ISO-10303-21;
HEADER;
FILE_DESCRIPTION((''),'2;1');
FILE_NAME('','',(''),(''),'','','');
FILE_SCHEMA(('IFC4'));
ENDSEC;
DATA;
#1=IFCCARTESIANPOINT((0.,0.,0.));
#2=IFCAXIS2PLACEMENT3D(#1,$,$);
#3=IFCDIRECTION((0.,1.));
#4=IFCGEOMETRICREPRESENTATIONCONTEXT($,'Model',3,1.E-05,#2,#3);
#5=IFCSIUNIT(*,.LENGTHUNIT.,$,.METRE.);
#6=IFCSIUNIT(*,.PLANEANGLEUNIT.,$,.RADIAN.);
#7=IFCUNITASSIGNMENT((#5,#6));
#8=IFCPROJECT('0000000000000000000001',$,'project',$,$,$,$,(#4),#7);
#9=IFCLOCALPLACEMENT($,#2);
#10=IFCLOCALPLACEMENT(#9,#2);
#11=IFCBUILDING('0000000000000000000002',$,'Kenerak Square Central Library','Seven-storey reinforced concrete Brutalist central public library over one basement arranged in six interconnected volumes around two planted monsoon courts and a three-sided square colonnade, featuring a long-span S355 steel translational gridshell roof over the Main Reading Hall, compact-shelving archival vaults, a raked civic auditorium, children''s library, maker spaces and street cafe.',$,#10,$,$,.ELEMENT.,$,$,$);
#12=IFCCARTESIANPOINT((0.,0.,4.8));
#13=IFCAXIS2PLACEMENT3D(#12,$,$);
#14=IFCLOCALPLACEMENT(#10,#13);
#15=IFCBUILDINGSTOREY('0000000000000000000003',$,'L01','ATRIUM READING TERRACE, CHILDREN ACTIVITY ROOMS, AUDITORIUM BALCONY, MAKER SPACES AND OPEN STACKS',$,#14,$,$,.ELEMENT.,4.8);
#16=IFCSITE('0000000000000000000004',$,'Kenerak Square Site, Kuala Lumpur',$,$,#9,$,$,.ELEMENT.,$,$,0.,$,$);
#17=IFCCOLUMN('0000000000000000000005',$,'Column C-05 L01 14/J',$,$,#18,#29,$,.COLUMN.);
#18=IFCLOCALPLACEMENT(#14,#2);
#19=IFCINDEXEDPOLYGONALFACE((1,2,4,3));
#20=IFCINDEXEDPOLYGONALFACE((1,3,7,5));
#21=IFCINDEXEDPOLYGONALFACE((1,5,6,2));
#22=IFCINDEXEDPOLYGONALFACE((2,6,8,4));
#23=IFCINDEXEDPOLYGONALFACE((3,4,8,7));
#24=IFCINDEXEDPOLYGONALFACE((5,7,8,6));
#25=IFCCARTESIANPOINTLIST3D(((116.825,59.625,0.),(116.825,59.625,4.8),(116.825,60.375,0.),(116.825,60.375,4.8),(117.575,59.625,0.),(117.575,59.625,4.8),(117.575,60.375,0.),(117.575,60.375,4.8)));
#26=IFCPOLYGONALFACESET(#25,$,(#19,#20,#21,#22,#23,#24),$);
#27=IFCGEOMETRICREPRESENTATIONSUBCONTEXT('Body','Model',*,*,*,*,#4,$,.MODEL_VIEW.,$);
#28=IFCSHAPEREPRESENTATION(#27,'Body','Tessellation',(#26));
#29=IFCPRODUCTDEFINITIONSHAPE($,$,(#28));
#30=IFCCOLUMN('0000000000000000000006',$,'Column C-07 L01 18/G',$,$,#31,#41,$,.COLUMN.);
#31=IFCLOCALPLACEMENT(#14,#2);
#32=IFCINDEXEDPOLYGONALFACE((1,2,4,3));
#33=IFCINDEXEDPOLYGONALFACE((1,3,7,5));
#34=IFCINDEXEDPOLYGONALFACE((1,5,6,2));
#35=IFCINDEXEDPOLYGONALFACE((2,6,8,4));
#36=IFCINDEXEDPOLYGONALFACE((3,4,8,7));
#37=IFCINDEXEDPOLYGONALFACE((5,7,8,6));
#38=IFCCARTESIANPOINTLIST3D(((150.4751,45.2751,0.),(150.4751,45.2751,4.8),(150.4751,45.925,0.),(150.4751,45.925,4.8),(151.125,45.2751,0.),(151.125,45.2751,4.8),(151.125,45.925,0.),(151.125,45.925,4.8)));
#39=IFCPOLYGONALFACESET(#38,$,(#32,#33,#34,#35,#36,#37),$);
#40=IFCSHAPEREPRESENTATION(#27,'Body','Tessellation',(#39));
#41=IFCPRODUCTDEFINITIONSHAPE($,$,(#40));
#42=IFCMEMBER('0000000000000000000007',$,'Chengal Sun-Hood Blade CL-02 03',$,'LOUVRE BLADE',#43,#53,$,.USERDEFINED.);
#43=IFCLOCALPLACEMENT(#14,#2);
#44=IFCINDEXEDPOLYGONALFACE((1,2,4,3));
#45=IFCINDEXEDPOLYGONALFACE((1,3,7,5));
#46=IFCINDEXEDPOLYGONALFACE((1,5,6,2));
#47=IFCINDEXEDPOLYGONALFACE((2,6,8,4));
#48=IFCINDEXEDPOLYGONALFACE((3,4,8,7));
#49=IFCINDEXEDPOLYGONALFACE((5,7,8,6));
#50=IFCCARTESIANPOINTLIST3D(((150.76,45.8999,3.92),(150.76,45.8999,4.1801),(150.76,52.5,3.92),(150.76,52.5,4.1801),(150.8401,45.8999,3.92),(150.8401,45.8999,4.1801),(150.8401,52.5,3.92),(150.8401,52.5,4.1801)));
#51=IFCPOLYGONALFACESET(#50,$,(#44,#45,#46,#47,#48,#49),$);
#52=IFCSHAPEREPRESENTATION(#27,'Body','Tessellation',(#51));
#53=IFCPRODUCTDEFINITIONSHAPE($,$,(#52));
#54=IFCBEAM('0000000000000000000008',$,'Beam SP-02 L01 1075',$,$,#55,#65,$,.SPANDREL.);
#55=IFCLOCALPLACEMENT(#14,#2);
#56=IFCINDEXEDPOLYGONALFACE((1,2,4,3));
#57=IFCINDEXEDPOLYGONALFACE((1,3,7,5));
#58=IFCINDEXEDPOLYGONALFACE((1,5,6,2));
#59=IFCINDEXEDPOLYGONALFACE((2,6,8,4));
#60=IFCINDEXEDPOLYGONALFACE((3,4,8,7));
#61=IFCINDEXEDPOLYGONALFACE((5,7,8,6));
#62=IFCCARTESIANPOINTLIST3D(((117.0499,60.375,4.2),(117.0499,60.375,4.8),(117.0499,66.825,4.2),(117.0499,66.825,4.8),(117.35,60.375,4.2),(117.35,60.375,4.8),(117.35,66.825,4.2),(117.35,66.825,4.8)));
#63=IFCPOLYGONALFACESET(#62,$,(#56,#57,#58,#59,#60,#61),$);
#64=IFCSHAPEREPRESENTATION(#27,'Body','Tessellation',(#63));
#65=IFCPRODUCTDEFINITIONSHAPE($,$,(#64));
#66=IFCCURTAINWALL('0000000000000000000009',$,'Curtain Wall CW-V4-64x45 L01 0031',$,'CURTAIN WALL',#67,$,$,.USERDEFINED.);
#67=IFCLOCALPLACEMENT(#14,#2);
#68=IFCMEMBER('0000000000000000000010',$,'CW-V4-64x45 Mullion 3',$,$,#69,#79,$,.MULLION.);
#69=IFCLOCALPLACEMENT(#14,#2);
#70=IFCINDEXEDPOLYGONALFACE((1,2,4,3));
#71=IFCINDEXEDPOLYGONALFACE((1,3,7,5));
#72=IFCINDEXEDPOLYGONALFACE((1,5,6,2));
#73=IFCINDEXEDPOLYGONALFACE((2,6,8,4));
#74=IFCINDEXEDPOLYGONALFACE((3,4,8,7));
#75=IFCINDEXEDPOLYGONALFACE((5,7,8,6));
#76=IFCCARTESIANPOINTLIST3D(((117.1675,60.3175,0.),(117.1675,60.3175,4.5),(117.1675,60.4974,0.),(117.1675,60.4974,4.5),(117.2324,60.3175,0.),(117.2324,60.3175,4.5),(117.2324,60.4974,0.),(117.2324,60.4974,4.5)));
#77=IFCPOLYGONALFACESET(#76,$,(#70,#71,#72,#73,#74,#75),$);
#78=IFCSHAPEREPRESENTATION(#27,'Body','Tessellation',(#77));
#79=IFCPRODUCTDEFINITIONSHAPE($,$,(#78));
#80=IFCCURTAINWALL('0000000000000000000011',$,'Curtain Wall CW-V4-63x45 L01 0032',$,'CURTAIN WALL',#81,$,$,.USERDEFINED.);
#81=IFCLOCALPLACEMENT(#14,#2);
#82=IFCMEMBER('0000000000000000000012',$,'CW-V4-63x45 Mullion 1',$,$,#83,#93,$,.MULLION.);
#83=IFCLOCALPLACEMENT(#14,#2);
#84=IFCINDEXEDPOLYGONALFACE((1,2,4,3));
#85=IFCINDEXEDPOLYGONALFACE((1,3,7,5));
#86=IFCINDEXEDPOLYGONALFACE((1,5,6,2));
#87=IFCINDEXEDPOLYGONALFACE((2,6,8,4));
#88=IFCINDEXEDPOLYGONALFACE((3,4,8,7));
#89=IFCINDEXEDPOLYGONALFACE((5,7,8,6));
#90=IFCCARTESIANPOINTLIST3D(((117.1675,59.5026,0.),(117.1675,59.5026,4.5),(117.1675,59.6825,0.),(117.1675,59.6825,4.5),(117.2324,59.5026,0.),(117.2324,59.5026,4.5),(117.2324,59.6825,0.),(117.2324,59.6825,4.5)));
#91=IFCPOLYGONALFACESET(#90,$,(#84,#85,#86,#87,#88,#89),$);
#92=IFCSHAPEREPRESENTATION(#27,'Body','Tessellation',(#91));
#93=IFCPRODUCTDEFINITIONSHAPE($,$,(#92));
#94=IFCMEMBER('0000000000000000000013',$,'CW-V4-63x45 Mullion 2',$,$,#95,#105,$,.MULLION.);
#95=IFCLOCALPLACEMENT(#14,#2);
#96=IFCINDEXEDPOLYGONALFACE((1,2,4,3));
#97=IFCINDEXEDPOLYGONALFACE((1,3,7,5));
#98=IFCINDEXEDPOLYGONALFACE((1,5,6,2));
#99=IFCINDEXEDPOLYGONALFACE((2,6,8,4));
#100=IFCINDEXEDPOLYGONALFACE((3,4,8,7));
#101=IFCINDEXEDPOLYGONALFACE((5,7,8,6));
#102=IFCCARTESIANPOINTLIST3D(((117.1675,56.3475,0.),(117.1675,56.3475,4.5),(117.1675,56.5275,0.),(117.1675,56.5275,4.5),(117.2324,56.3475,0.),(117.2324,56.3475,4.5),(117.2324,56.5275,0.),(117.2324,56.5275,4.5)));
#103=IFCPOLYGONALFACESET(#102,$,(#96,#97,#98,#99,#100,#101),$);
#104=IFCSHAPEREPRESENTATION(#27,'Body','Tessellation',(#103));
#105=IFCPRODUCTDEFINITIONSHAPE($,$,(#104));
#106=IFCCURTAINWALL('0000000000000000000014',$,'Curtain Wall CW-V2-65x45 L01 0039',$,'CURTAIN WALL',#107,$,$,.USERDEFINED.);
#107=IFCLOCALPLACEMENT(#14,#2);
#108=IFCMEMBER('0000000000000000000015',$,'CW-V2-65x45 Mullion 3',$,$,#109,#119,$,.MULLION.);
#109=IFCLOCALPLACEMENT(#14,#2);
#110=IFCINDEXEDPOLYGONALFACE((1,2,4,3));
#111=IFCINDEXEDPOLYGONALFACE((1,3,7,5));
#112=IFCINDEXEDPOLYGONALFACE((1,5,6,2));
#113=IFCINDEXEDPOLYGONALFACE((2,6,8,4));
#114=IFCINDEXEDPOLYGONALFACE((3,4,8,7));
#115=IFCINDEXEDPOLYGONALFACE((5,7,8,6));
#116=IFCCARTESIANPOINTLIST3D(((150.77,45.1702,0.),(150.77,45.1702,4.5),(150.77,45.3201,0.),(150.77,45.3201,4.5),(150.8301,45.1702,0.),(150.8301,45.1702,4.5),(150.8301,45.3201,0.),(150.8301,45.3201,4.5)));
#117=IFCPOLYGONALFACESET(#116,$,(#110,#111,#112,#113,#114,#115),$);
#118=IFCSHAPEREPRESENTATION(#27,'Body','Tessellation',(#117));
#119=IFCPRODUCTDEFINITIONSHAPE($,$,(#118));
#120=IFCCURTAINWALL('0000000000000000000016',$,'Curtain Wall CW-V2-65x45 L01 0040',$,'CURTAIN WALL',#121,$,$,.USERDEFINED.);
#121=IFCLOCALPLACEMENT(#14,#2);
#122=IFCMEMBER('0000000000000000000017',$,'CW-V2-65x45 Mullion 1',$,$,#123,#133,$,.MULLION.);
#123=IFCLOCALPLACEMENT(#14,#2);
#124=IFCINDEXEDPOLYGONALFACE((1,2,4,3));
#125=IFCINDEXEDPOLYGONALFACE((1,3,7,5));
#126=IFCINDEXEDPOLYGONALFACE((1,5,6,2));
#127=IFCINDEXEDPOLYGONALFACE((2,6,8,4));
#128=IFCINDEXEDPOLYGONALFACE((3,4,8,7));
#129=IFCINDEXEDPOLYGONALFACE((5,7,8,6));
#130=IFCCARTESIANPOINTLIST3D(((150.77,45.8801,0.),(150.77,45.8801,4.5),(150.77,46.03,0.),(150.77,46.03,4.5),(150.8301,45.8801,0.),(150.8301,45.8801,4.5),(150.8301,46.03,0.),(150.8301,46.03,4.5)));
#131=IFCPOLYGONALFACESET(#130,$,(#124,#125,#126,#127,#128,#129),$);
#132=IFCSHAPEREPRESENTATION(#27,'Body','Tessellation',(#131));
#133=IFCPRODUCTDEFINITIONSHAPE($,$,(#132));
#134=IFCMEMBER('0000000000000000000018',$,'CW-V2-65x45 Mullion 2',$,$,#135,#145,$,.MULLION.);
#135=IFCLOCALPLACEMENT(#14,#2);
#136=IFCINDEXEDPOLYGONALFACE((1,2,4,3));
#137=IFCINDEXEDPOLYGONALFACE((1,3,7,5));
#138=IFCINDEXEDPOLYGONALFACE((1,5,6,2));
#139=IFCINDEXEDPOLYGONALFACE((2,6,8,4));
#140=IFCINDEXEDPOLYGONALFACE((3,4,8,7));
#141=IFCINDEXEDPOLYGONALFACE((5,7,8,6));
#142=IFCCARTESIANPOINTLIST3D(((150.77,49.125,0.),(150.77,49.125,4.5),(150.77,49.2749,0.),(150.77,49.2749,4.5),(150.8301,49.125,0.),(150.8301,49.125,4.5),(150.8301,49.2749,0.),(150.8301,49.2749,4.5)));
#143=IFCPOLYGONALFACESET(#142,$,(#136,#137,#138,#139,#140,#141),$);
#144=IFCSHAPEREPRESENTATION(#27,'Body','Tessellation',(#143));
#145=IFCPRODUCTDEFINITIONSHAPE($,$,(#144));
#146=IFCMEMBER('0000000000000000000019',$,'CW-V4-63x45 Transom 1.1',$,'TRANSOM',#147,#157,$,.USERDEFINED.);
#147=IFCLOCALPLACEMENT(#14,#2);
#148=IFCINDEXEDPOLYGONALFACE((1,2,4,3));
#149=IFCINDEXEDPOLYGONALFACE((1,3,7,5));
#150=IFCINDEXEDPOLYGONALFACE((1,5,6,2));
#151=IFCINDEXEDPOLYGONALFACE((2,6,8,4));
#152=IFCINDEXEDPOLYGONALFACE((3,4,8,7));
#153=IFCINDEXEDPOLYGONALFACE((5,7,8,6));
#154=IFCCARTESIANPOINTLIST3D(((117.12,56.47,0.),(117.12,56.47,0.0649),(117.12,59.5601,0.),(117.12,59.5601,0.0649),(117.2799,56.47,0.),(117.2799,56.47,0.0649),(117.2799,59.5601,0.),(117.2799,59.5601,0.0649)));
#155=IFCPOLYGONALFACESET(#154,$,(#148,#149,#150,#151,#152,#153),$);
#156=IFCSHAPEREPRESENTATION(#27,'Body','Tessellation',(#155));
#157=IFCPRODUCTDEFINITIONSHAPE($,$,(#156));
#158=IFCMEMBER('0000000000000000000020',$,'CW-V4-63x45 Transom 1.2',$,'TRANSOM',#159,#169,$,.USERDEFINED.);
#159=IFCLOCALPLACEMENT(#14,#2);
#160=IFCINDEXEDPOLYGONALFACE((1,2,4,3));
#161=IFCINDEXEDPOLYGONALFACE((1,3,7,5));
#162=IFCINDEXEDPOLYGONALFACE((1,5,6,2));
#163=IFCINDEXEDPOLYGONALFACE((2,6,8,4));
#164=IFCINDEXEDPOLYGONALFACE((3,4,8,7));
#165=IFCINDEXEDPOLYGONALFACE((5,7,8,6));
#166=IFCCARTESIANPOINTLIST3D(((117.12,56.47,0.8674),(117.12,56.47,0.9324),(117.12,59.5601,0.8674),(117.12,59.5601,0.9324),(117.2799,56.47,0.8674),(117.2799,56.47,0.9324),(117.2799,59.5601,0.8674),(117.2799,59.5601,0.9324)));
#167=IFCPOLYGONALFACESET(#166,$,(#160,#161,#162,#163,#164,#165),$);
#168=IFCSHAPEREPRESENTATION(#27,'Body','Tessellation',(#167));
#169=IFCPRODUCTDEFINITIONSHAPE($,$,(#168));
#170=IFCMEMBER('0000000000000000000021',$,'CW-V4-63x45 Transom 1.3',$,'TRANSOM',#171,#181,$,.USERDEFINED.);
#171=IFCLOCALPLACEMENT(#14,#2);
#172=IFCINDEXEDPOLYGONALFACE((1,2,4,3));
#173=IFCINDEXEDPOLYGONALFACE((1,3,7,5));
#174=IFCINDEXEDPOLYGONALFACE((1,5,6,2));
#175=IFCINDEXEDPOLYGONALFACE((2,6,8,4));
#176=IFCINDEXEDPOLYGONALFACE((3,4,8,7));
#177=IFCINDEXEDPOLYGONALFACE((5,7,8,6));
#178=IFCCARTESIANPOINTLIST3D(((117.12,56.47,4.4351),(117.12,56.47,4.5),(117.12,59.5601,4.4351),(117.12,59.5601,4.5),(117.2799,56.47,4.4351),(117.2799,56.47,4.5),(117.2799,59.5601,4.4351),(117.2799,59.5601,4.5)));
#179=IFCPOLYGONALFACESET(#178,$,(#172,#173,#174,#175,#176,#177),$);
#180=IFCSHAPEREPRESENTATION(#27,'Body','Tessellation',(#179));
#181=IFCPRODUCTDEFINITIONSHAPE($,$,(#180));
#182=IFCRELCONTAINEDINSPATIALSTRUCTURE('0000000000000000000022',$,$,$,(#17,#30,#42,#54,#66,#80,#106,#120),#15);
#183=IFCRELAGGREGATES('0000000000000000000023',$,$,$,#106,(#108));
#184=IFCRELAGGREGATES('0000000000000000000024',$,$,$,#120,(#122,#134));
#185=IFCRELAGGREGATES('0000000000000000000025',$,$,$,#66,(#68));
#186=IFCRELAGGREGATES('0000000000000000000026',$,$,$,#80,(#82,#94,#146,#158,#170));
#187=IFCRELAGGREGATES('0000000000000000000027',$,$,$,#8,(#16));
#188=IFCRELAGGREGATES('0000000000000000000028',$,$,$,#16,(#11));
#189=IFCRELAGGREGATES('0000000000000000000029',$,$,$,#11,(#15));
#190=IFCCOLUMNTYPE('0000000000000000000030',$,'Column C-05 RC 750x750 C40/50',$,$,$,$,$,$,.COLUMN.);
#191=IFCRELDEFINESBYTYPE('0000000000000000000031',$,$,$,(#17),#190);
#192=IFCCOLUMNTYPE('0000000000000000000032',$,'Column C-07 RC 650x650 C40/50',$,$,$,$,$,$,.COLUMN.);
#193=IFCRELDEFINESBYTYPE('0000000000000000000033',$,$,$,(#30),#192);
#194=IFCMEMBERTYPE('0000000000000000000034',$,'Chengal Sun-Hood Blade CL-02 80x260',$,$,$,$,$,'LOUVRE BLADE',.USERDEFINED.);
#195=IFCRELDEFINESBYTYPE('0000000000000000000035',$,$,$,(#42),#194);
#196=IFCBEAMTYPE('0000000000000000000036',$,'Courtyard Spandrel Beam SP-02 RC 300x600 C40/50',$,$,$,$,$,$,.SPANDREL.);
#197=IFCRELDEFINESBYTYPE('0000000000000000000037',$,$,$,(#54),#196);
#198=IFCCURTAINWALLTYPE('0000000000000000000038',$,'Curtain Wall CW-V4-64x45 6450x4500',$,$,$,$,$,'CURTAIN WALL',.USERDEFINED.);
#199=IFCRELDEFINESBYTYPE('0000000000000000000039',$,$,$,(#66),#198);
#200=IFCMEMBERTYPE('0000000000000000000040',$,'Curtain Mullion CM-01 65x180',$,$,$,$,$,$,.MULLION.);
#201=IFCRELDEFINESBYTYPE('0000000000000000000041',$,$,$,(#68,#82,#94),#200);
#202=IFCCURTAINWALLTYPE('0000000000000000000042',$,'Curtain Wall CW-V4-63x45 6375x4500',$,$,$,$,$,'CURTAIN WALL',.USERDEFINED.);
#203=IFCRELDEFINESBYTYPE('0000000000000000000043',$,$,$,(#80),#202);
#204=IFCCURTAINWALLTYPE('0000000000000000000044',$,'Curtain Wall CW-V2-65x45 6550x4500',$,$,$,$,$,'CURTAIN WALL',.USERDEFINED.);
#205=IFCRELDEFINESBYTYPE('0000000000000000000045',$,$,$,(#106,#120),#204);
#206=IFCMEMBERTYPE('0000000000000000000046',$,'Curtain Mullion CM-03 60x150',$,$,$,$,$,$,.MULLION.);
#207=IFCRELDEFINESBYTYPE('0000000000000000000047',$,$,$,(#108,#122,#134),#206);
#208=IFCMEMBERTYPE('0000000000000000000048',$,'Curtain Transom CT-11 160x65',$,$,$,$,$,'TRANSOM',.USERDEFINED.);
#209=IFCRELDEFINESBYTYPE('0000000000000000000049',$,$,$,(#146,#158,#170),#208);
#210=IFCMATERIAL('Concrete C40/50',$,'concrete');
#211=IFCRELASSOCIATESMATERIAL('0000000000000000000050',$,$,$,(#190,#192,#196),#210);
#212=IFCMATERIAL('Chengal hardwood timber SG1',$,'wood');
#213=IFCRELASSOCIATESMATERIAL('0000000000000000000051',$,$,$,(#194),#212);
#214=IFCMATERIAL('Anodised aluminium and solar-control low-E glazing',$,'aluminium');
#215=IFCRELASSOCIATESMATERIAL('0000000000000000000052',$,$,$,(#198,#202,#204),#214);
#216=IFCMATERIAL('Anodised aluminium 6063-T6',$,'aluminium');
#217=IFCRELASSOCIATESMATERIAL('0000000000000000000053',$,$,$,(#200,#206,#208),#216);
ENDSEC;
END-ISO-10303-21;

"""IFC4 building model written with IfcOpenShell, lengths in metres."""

from ifc_helpers import new_model, si_unit, direction, frame, origin, origin_2d, place, context, subcontext, project, spatial, rectangle, extrude, material, material_profile, profile_set, type_object, element, aggregate, save


model = new_model("IFC4")

# Units and contexts
model_context = context("Model", 3, precision=1e-05, world=origin(), true_north=direction((0.0, 1.0)))
body_context = subcontext(model_context, "Body", "Model", "MODEL_VIEW")
ifc_project = project(units=[si_unit("LENGTHUNIT", "METRE"), si_unit("PLANEANGLEUNIT", "RADIAN")], contexts=[model_context])

# Site, building, storey
site_placement = place(None, origin())
site = spatial("IfcSite", under=ifc_project, at=site_placement, Name="Kenerak Square Site, Kuala Lumpur", CompositionType="ELEMENT", RefElevation=0.0)
building_placement = place(site_placement, origin())
building = spatial("IfcBuilding", under=site, at=building_placement, Name="Kenerak Square Central Library", Description="Seven-storey reinforced concrete Brutalist central public library over one basement arranged in six interconnected volumes around two planted monsoon courts and a three-sided square colonnade, featuring a long-span S355 steel translational gridshell roof over the Main Reading Hall, compact-shelving archival vaults, a raked civic auditorium, children's library, maker spaces and street cafe.", CompositionType="ELEMENT")
storey_placement = place(building_placement, frame((0.0, 0.0, 4.8)))
storey = spatial("IfcBuildingStorey", under=building, at=storey_placement, Name="L01", Description="ATRIUM READING TERRACE, CHILDREN ACTIVITY ROOMS, AUDITORIUM BALCONY, MAKER SPACES AND OPEN STACKS", CompositionType="ELEMENT", Elevation=4.8)

# Columns
ifc_material_1 = material(Name="Concrete C40/50", Category="concrete")
ifc_material_profile_1 = material_profile(ifc_material_1, rectangle(XDim=0.75, YDim=0.75, at=origin_2d()), Name="RC 750x750")
ifc_profile_set_1 = profile_set([ifc_material_profile_1], Name="Concrete C40/50")
column_type_1 = type_object("IfcColumnType", Name="Column C-05 RC 750x750 C40/50", PredefinedType="COLUMN", material=ifc_profile_set_1)
column_1_placement = place(storey_placement, frame((117.2, 60.0, 0.0), z_axis=(0.0, 0.0, 1.0), x_axis=(1.0, 0.0, 0.0)))
element("IfcColumn", 1, at=column_1_placement, inside=storey, type_object=column_type_1, Name="Column C-05 L01 14/J", PredefinedType="COLUMN", context=body_context, shape_type="SweptSolid", body=[
    extrude(rectangle(XDim=0.75, YDim=0.75, at=origin_2d()), origin(), (0.0, 0.0, 1.0), 4.8),
])
ifc_material_profile_2 = material_profile(ifc_material_1, rectangle(XDim=0.6499, YDim=0.6499, at=origin_2d()), Name="RC 650x650")
ifc_profile_set_2 = profile_set([ifc_material_profile_2], Name="Concrete C40/50")
column_type_2 = type_object("IfcColumnType", Name="Column C-07 RC 650x650 C40/50", PredefinedType="COLUMN", material=ifc_profile_set_2)
column_2_placement = place(storey_placement, frame((150.8, 45.6001, 0.0), z_axis=(0.0, 0.0, 1.0), x_axis=(1.0, 0.0, 0.0)))
element("IfcColumn", 2, at=column_2_placement, inside=storey, type_object=column_type_2, Name="Column C-07 L01 18/G", PredefinedType="COLUMN", context=body_context, shape_type="SweptSolid", body=[
    extrude(rectangle(XDim=0.6499, YDim=0.6499, at=origin_2d()), origin(), (0.0, 0.0, 1.0), 4.8),
])

# Member
ifc_material_2 = material(Name="Chengal hardwood timber SG1", Category="wood")
ifc_material_profile_3 = material_profile(ifc_material_2, rectangle(XDim=0.0801, YDim=0.26, at=origin_2d()), Name="CHENGAL 80x260")
ifc_profile_set_3 = profile_set([ifc_material_profile_3], Name="Chengal hardwood timber SG1")
member_type_1 = type_object("IfcMemberType", Name="Chengal Sun-Hood Blade CL-02 80x260", ElementType="LOUVRE BLADE", PredefinedType="USERDEFINED", material=ifc_profile_set_3)
member_1_placement = place(storey_placement, frame((150.8, 45.8999, 4.05), z_axis=(0.0, 1.0, 0.0), x_axis=(-1.0, 0.0, 0.0)))
element("IfcMember", 3, at=member_1_placement, inside=storey, type_object=member_type_1, Name="Chengal Sun-Hood Blade CL-02 03", ObjectType="LOUVRE BLADE", PredefinedType="USERDEFINED", context=body_context, shape_type="SweptSolid", body=[
    extrude(rectangle(XDim=0.0801, YDim=0.26, at=origin_2d()), origin(), (0.0, 0.0, 1.0), 6.6001),
])

# Beam
ifc_material_profile_4 = material_profile(ifc_material_1, rectangle(XDim=0.3, YDim=0.6001, at=origin_2d()), Name="RC 300x600")
ifc_profile_set_4 = profile_set([ifc_material_profile_4], Name="Concrete C40/50")
beam_type = type_object("IfcBeamType", Name="Courtyard Spandrel Beam SP-02 RC 300x600 C40/50", PredefinedType="SPANDREL", material=ifc_profile_set_4)
beam_placement = place(storey_placement, frame((117.2, 60.375, 4.5), z_axis=(0.0, 1.0, 0.0), x_axis=(-1.0, 0.0, 0.0)))
element("IfcBeam", 4, at=beam_placement, inside=storey, type_object=beam_type, Name="Beam SP-02 L01 1075", PredefinedType="SPANDREL", context=body_context, shape_type="SweptSolid", body=[
    extrude(rectangle(XDim=0.3, YDim=0.6001, at=origin_2d()), origin(), (0.0, 0.0, 1.0), 6.45),
])

# Curtain wall, member
ifc_material_3 = material(Name="Anodised aluminium and solar-control low-E glazing", Category="aluminium")
curtain_wall_type_1 = type_object("IfcCurtainWallType", Name="Curtain Wall CW-V4-64x45 6450x4500", ElementType="CURTAIN WALL", PredefinedType="USERDEFINED", material=ifc_material_3)
curtain_wall_1_placement = place(storey_placement, origin())
curtain_wall_1 = element("IfcCurtainWall", 5, at=curtain_wall_1_placement, inside=storey, type_object=curtain_wall_type_1, Name="Curtain Wall CW-V4-64x45 L01 0031", ObjectType="CURTAIN WALL", PredefinedType="USERDEFINED")
ifc_material_4 = material(Name="Anodised aluminium 6063-T6", Category="aluminium")
ifc_material_profile_5 = material_profile(ifc_material_4, rectangle(XDim=0.0649, YDim=0.1799, at=origin_2d()), Name="AL MULLION 65x180")
ifc_profile_set_5 = profile_set([ifc_material_profile_5], Name="Anodised aluminium 6063-T6")
member_type_2 = type_object("IfcMemberType", Name="Curtain Mullion CM-01 65x180", PredefinedType="MULLION", material=ifc_profile_set_5)
member_2_placement = place(storey_placement, frame((117.2, 60.4075, 0.0), z_axis=(0.0, 0.0, 1.0), x_axis=(1.0, 0.0, 0.0)))
member_2 = element("IfcMember", 6, at=member_2_placement, type_object=member_type_2, Name="CW-V4-64x45 Mullion 3", PredefinedType="MULLION", context=body_context, shape_type="SweptSolid", body=[
    extrude(rectangle(XDim=0.0649, YDim=0.1799, at=origin_2d()), origin(), (0.0, 0.0, 1.0), 4.5),
])

# Curtain wall, members
curtain_wall_type_2 = type_object("IfcCurtainWallType", Name="Curtain Wall CW-V4-63x45 6375x4500", ElementType="CURTAIN WALL", PredefinedType="USERDEFINED", material=ifc_material_3)
curtain_wall_2_placement = place(storey_placement, origin())
curtain_wall_2 = element("IfcCurtainWall", 7, at=curtain_wall_2_placement, inside=storey, type_object=curtain_wall_type_2, Name="Curtain Wall CW-V4-63x45 L01 0032", ObjectType="CURTAIN WALL", PredefinedType="USERDEFINED")
member_3_placement = place(storey_placement, frame((117.2, 59.5925, 0.0), z_axis=(0.0, 0.0, 1.0), x_axis=(1.0, 0.0, 0.0)))
member_3 = element("IfcMember", 8, at=member_3_placement, type_object=member_type_2, Name="CW-V4-63x45 Mullion 1", PredefinedType="MULLION", context=body_context, shape_type="SweptSolid", body=[
    extrude(rectangle(XDim=0.0649, YDim=0.1799, at=origin_2d()), origin(), (0.0, 0.0, 1.0), 4.5),
])
member_4_placement = place(storey_placement, frame((117.2, 56.4375, 0.0), z_axis=(0.0, 0.0, 1.0), x_axis=(1.0, 0.0, 0.0)))
member_4 = element("IfcMember", 9, at=member_4_placement, type_object=member_type_2, Name="CW-V4-63x45 Mullion 2", PredefinedType="MULLION", context=body_context, shape_type="SweptSolid", body=[
    extrude(rectangle(XDim=0.0649, YDim=0.1799, at=origin_2d()), origin(), (0.0, 0.0, 1.0), 4.5),
])

# Curtain wall, member
curtain_wall_type_3 = type_object("IfcCurtainWallType", Name="Curtain Wall CW-V2-65x45 6550x4500", ElementType="CURTAIN WALL", PredefinedType="USERDEFINED", material=ifc_material_3)
curtain_wall_3_placement = place(storey_placement, origin())
curtain_wall_3 = element("IfcCurtainWall", 10, at=curtain_wall_3_placement, inside=storey, type_object=curtain_wall_type_3, Name="Curtain Wall CW-V2-65x45 L01 0039", ObjectType="CURTAIN WALL", PredefinedType="USERDEFINED")
ifc_material_profile_6 = material_profile(ifc_material_4, rectangle(XDim=0.0601, YDim=0.1499, at=origin_2d()), Name="AL MULLION 60x150")
ifc_profile_set_6 = profile_set([ifc_material_profile_6], Name="Anodised aluminium 6063-T6")
member_type_3 = type_object("IfcMemberType", Name="Curtain Mullion CM-03 60x150", PredefinedType="MULLION", material=ifc_profile_set_6)
member_5_placement = place(storey_placement, frame((150.8, 45.2451, 0.0), z_axis=(0.0, 0.0, 1.0), x_axis=(-1.0, 0.0, 0.0)))
member_5 = element("IfcMember", 11, at=member_5_placement, type_object=member_type_3, Name="CW-V2-65x45 Mullion 3", PredefinedType="MULLION", context=body_context, shape_type="SweptSolid", body=[
    extrude(rectangle(XDim=0.0601, YDim=0.1499, at=origin_2d()), origin(), (0.0, 0.0, 1.0), 4.5),
])

# Curtain wall, members
curtain_wall_4_placement = place(storey_placement, origin())
curtain_wall_4 = element("IfcCurtainWall", 12, at=curtain_wall_4_placement, inside=storey, type_object=curtain_wall_type_3, Name="Curtain Wall CW-V2-65x45 L01 0040", ObjectType="CURTAIN WALL", PredefinedType="USERDEFINED")
member_6_placement = place(storey_placement, frame((150.8, 45.9551, 0.0), z_axis=(0.0, 0.0, 1.0), x_axis=(-1.0, 0.0, 0.0)))
member_6 = element("IfcMember", 13, at=member_6_placement, type_object=member_type_3, Name="CW-V2-65x45 Mullion 1", PredefinedType="MULLION", context=body_context, shape_type="SweptSolid", body=[
    extrude(rectangle(XDim=0.0601, YDim=0.1499, at=origin_2d()), origin(), (0.0, 0.0, 1.0), 4.5),
])
member_7_placement = place(storey_placement, frame((150.8, 49.2, 0.0), z_axis=(0.0, 0.0, 1.0), x_axis=(-1.0, 0.0, 0.0)))
member_7 = element("IfcMember", 14, at=member_7_placement, type_object=member_type_3, Name="CW-V2-65x45 Mullion 2", PredefinedType="MULLION", context=body_context, shape_type="SweptSolid", body=[
    extrude(rectangle(XDim=0.0601, YDim=0.1499, at=origin_2d()), origin(), (0.0, 0.0, 1.0), 4.5),
])

# Members
ifc_material_profile_7 = material_profile(ifc_material_4, rectangle(XDim=0.1599, YDim=0.0649, at=origin_2d()), Name="AL TRANSOM 160x65")
ifc_profile_set_7 = profile_set([ifc_material_profile_7], Name="Anodised aluminium 6063-T6")
member_type_4 = type_object("IfcMemberType", Name="Curtain Transom CT-11 160x65", ElementType="TRANSOM", PredefinedType="USERDEFINED", material=ifc_profile_set_7)
member_8_placement = place(storey_placement, frame((117.2, 59.5601, 0.0325), z_axis=(0.0, -1.0, 0.0), x_axis=(1.0, 0.0, 0.0)))
member_8 = element("IfcMember", 15, at=member_8_placement, type_object=member_type_4, Name="CW-V4-63x45 Transom 1.1", ObjectType="TRANSOM", PredefinedType="USERDEFINED", context=body_context, shape_type="SweptSolid", body=[
    extrude(rectangle(XDim=0.1599, YDim=0.0649, at=origin_2d()), origin(), (0.0, 0.0, 1.0), 3.0901),
])
member_9_placement = place(storey_placement, frame((117.2, 59.5601, 0.8999), z_axis=(0.0, -1.0, 0.0), x_axis=(1.0, 0.0, 0.0)))
member_9 = element("IfcMember", 16, at=member_9_placement, type_object=member_type_4, Name="CW-V4-63x45 Transom 1.2", ObjectType="TRANSOM", PredefinedType="USERDEFINED", context=body_context, shape_type="SweptSolid", body=[
    extrude(rectangle(XDim=0.1599, YDim=0.0649, at=origin_2d()), origin(), (0.0, 0.0, 1.0), 3.0901),
])
member_10_placement = place(storey_placement, frame((117.2, 59.5601, 4.4675), z_axis=(0.0, -1.0, 0.0), x_axis=(1.0, 0.0, 0.0)))
member_10 = element("IfcMember", 17, at=member_10_placement, type_object=member_type_4, Name="CW-V4-63x45 Transom 1.3", ObjectType="TRANSOM", PredefinedType="USERDEFINED", context=body_context, shape_type="SweptSolid", body=[
    extrude(rectangle(XDim=0.1599, YDim=0.0649, at=origin_2d()), origin(), (0.0, 0.0, 1.0), 3.0901),
])

aggregate(curtain_wall_3, [member_5])
aggregate(curtain_wall_4, [member_6, member_7])
aggregate(curtain_wall_1, [member_2])
aggregate(curtain_wall_2, [member_3, member_4, member_8, member_9, member_10])

save(model, "model.ifc")
